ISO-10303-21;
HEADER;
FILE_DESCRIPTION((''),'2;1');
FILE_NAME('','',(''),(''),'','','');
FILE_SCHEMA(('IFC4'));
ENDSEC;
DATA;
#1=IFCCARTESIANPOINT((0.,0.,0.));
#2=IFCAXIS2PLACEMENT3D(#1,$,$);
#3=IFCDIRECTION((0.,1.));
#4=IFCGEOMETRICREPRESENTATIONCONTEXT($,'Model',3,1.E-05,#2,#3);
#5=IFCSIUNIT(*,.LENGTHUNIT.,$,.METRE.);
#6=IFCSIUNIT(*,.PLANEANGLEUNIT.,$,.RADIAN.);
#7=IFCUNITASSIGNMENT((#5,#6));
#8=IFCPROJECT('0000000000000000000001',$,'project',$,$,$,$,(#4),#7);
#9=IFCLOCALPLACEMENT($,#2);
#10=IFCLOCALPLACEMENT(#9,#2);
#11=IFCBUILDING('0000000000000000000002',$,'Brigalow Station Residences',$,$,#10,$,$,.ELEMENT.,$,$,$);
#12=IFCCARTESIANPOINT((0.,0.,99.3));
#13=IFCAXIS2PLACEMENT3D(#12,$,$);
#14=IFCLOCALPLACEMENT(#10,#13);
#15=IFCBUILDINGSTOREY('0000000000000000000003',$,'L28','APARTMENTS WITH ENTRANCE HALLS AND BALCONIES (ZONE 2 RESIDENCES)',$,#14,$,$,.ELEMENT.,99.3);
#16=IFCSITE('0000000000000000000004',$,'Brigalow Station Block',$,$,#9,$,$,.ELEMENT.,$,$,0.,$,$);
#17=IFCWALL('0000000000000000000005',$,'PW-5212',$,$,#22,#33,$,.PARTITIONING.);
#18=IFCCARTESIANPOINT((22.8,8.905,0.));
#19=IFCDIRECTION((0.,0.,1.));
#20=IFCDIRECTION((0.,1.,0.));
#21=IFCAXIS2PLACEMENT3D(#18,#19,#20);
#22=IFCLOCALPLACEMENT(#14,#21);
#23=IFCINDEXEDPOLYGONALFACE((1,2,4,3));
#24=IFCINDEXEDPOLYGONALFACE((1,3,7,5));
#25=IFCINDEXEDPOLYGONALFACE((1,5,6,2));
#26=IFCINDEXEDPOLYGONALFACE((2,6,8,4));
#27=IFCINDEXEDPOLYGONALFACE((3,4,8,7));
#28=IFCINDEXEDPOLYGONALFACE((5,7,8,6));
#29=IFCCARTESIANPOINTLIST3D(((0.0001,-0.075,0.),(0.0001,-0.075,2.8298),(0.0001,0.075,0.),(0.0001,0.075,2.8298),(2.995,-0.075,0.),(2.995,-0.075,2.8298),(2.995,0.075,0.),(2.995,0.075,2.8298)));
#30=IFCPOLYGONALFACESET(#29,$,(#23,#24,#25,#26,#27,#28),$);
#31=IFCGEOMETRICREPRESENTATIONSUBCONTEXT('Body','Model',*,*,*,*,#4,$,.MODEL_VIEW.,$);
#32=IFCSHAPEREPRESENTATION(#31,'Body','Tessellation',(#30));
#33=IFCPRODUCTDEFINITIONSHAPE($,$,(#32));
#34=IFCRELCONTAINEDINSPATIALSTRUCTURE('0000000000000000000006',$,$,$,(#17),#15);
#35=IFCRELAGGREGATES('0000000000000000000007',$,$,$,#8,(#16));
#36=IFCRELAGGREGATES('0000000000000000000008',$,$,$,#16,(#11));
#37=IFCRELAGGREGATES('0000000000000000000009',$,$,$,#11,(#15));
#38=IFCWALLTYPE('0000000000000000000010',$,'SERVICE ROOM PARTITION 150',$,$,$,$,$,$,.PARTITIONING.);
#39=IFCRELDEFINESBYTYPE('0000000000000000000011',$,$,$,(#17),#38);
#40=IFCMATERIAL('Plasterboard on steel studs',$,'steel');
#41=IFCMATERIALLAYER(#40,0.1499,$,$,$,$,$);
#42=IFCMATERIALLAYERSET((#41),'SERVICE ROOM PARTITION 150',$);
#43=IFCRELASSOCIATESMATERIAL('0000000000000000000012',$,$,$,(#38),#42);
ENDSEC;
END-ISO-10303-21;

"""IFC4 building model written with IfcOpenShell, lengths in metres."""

from ifc_helpers import new_model, si_unit, direction, frame, frame_2d, origin, place, context, subcontext, project, spatial, rectangle, extrude, material, layer, layer_set, type_object, element, save


model = new_model("IFC4")

# Units and contexts
model_context = context("Model", 3, precision=1e-05, world=origin(), true_north=direction((0.0, 1.0)))
body_context = subcontext(model_context, "Body", "Model", "MODEL_VIEW")
ifc_project = project(units=[si_unit("LENGTHUNIT", "METRE"), si_unit("PLANEANGLEUNIT", "RADIAN")], contexts=[model_context])

# Site, building, storey
site_placement = place(None, origin())
site = spatial("IfcSite", under=ifc_project, at=site_placement, Name="Brigalow Station Block", CompositionType="ELEMENT", RefElevation=0.0)
building_placement = place(site_placement, origin())
building = spatial("IfcBuilding", under=site, at=building_placement, Name="Brigalow Station Residences", CompositionType="ELEMENT")
storey_placement = place(building_placement, frame((0.0, 0.0, 99.3)))
storey = spatial("IfcBuildingStorey", under=building, at=storey_placement, Name="L28", Description="APARTMENTS WITH ENTRANCE HALLS AND BALCONIES (ZONE 2 RESIDENCES)", CompositionType="ELEMENT", Elevation=99.3)

# Shared definitions
ifc_material_1 = material(Name="Plasterboard on steel studs", Category="steel")
ifc_layer_1 = layer(ifc_material_1, 0.1499)
ifc_layer_set_1 = layer_set([ifc_layer_1], Name="SERVICE ROOM PARTITION 150")
wall_type_1 = type_object("IfcWallType", Name="SERVICE ROOM PARTITION 150", PredefinedType="PARTITIONING", material=ifc_layer_set_1)

# Wall
wall_1_placement = place(storey_placement, frame((22.8, 8.905, 0.0), z_axis=(0.0, 0.0, 1.0), x_axis=(0.0, 1.0, 0.0)))
element("IfcWall", 1, at=wall_1_placement, inside=storey, type_object=wall_type_1, Name="PW-5212", PredefinedType="PARTITIONING", context=body_context, shape_type="SweptSolid", body=[
    extrude(rectangle(XDim=2.9949, YDim=0.1499, at=frame_2d((1.4976, 0.0))), origin(), (0.0, 0.0, 1.0), 2.8298),
])

save(model, "model.ifc")
